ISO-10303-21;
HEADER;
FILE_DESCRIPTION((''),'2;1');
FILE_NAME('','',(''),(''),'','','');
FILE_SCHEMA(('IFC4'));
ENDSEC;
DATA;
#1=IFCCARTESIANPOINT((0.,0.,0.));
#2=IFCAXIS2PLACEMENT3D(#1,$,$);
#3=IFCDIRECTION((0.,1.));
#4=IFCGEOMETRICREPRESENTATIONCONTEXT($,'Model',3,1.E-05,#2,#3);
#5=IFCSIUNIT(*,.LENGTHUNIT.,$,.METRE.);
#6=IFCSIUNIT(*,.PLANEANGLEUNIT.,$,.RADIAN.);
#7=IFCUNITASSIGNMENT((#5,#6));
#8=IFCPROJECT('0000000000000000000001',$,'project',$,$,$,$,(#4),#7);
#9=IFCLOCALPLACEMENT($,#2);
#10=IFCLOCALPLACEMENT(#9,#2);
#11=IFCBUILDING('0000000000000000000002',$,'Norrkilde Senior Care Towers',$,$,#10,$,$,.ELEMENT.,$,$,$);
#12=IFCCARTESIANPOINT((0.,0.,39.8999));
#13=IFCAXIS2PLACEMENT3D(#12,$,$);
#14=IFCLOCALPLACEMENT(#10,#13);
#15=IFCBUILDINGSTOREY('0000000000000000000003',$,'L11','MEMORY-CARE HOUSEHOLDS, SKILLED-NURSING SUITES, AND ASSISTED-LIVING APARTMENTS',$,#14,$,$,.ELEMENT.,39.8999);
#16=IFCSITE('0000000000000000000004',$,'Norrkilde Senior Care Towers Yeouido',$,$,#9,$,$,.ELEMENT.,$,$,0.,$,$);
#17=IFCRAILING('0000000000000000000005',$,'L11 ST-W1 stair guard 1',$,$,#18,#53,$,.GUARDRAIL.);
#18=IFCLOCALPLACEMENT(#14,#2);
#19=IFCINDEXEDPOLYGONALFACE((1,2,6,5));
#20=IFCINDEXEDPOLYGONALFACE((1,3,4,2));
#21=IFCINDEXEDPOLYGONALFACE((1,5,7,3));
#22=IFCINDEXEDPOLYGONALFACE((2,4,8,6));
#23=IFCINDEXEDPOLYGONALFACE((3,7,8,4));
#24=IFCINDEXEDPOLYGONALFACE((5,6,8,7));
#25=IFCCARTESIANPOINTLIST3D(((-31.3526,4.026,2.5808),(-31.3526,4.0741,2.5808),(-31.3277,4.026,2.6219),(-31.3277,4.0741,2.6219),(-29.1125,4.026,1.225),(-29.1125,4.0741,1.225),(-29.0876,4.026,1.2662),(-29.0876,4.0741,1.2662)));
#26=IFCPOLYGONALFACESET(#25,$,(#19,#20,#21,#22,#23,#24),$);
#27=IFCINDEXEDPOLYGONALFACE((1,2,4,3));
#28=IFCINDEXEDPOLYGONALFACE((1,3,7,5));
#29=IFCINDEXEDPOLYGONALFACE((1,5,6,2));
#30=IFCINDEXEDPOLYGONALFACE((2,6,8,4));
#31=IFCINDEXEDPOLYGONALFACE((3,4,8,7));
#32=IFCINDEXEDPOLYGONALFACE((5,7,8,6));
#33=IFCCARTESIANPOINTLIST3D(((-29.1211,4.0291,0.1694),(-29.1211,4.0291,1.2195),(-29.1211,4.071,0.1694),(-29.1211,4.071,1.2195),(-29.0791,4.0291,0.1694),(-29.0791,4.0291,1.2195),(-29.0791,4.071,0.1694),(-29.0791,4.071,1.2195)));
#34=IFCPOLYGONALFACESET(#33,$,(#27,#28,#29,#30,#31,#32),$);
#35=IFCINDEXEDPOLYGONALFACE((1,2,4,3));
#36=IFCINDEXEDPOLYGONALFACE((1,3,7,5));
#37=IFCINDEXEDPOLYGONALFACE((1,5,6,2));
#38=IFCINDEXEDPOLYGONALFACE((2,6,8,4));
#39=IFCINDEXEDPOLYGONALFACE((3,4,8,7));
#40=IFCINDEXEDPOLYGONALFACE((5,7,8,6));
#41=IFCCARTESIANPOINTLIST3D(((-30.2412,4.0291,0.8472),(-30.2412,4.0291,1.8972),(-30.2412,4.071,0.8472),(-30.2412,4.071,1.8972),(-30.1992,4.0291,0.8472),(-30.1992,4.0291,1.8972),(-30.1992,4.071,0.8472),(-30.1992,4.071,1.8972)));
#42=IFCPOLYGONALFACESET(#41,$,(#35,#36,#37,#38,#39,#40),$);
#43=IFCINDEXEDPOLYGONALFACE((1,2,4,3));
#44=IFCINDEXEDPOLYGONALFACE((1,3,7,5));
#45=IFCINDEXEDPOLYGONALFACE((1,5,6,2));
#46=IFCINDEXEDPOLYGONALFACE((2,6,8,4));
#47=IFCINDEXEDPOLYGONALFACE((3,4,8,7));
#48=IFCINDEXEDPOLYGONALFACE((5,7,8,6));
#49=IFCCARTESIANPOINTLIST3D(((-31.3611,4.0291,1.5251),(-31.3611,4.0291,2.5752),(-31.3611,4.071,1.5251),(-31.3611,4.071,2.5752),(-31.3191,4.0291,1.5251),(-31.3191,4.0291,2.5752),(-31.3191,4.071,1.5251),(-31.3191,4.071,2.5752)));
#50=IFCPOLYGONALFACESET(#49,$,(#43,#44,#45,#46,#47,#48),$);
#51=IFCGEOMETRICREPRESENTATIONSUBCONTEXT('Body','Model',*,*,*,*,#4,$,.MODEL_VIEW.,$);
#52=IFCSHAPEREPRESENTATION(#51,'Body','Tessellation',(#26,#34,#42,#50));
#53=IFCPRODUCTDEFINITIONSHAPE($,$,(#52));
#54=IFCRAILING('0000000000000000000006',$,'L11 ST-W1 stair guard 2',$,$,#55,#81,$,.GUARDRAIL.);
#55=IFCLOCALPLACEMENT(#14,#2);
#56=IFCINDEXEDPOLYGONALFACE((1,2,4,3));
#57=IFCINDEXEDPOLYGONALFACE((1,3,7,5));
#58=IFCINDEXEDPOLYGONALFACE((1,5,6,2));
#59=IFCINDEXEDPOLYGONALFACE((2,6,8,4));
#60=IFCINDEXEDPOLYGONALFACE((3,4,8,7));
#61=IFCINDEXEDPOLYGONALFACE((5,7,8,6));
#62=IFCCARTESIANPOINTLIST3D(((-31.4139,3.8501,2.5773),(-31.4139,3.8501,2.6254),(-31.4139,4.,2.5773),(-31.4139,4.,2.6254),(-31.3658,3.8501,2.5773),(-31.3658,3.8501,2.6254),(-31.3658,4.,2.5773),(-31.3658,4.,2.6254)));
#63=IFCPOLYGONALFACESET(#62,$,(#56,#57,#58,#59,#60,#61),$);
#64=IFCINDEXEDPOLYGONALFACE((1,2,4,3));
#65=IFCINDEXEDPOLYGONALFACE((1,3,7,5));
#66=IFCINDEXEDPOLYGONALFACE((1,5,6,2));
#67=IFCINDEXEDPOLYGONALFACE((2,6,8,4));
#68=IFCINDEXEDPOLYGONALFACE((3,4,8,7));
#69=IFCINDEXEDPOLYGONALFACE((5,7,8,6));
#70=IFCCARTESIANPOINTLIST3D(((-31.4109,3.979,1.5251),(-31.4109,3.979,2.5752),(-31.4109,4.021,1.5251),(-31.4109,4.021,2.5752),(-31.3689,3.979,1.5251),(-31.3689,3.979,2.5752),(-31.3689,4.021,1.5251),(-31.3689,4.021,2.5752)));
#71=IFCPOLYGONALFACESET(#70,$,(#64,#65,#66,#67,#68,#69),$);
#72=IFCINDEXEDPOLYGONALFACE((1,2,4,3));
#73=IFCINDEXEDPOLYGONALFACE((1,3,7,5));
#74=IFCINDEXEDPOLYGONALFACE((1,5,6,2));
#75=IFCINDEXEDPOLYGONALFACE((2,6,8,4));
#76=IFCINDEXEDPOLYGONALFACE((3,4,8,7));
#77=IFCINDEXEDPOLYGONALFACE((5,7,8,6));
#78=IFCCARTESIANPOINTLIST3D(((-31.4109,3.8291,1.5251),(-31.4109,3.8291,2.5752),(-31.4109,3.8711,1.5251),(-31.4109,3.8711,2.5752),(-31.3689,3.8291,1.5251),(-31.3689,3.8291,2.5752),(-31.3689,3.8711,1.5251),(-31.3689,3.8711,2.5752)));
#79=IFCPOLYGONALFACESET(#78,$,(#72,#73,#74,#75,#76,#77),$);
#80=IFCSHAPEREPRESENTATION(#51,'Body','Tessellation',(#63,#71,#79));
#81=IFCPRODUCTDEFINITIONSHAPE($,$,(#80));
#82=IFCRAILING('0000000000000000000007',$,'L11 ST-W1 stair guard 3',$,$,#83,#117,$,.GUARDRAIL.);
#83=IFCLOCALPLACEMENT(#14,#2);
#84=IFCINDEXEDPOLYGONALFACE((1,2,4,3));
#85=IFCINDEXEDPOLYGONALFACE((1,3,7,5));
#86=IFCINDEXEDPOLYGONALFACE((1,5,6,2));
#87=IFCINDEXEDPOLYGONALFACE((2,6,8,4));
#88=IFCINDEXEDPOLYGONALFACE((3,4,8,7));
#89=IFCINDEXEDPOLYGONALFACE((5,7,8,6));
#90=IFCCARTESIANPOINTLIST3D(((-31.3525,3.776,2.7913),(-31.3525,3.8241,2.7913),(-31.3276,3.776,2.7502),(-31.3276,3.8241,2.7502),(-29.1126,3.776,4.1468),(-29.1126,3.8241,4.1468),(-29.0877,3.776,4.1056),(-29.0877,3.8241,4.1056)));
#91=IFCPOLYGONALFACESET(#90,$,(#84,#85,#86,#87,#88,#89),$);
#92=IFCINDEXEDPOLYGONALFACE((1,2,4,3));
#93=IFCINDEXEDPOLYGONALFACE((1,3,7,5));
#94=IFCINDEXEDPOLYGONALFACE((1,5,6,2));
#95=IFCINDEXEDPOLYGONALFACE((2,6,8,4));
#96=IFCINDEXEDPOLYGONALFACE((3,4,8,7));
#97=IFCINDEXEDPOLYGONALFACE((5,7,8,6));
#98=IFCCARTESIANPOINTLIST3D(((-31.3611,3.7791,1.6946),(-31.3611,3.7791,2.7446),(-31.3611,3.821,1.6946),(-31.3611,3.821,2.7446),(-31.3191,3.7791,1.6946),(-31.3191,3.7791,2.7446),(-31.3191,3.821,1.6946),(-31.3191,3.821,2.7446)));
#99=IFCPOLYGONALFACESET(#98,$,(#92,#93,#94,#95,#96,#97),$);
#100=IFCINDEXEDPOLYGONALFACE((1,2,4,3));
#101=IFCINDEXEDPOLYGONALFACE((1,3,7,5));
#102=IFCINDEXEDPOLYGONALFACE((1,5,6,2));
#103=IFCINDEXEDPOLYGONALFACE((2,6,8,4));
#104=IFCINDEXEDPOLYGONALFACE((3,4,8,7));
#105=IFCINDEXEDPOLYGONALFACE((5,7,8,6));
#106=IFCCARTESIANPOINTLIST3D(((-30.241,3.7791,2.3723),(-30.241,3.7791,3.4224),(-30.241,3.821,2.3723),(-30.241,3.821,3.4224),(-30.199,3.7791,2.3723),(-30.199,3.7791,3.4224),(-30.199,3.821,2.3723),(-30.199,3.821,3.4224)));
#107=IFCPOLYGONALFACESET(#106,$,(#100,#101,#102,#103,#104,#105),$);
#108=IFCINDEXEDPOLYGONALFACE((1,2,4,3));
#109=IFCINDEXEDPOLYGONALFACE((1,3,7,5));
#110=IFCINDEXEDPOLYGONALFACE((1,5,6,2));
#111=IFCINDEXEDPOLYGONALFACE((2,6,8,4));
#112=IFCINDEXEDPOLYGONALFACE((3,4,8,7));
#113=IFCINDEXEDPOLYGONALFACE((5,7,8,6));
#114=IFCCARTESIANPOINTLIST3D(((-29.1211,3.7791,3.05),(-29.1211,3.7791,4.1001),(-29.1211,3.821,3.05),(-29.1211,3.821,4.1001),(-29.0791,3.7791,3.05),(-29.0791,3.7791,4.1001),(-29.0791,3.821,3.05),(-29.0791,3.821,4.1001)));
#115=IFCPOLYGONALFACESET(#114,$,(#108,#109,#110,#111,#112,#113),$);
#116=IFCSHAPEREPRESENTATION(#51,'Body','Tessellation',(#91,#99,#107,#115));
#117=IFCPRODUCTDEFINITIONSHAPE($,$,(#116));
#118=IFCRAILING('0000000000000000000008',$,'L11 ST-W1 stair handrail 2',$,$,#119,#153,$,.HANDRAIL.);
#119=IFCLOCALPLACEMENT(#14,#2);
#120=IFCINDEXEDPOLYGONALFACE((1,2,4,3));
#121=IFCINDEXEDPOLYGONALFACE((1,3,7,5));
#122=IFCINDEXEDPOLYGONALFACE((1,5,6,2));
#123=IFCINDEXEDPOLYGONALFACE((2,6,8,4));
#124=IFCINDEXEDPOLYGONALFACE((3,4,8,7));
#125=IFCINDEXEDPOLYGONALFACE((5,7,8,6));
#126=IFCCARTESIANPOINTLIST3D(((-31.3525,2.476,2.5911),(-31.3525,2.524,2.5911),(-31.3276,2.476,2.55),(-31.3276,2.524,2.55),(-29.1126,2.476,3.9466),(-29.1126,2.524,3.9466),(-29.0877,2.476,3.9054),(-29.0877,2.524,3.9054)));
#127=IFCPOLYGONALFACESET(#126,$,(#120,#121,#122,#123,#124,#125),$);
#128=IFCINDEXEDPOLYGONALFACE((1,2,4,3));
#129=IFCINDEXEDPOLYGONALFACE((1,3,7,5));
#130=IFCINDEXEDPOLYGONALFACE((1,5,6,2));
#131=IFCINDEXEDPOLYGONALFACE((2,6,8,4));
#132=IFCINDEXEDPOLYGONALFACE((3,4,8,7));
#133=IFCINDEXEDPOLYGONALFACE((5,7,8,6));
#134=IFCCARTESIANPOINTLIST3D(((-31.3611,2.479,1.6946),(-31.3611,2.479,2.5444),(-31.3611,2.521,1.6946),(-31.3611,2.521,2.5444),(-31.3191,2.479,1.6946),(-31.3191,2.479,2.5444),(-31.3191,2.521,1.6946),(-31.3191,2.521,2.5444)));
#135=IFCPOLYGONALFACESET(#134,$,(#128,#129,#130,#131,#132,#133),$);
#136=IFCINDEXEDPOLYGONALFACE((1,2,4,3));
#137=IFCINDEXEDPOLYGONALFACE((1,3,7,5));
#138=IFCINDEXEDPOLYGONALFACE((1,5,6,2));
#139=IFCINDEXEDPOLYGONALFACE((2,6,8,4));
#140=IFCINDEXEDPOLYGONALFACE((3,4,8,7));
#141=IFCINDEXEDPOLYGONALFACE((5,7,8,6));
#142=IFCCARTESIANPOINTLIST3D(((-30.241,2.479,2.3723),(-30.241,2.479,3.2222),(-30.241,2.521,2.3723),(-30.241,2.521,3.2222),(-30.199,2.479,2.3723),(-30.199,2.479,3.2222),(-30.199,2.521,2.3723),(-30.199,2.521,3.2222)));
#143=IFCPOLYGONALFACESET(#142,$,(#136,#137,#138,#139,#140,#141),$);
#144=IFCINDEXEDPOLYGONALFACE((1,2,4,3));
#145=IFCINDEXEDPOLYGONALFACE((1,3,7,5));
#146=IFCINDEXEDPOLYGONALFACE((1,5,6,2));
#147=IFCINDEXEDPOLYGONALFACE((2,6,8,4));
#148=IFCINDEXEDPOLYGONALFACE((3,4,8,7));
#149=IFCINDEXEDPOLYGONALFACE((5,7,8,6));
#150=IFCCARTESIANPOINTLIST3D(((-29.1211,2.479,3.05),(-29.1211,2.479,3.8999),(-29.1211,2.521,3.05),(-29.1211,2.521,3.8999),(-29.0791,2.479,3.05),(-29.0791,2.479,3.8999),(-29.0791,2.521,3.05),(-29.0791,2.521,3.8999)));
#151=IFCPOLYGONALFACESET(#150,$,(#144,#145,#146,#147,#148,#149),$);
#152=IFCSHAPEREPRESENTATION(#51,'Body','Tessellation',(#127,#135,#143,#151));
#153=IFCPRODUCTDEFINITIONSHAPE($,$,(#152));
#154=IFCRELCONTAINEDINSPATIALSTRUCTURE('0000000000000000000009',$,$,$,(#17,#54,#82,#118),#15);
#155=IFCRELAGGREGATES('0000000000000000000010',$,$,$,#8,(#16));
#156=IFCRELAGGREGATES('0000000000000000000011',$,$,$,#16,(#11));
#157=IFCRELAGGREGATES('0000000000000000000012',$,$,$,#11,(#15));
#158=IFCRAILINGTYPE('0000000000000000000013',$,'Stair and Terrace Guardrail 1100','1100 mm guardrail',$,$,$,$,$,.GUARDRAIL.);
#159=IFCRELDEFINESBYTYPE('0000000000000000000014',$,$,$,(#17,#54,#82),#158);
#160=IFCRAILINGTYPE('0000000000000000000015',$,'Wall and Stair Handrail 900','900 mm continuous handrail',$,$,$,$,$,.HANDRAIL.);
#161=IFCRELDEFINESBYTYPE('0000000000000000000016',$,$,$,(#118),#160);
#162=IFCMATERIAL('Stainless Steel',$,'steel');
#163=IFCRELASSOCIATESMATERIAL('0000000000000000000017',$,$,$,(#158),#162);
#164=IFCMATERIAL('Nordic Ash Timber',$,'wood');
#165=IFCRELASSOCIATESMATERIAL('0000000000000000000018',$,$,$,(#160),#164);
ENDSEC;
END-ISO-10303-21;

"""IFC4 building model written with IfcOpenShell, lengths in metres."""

from ifc_helpers import new_model, si_unit, direction, frame, origin, origin_2d, place, context, subcontext, project, spatial, rectangle, extrude, material, type_object, element, save


model = new_model("IFC4")

# Units and contexts
model_context = context("Model", 3, precision=1e-05, world=origin(), true_north=direction((0.0, 1.0)))
body_context = subcontext(model_context, "Body", "Model", "MODEL_VIEW")
ifc_project = project(units=[si_unit("LENGTHUNIT", "METRE"), si_unit("PLANEANGLEUNIT", "RADIAN")], contexts=[model_context])

# Site, building, storey
site_placement = place(None, origin())
site = spatial("IfcSite", under=ifc_project, at=site_placement, Name="Norrkilde Senior Care Towers Yeouido", CompositionType="ELEMENT", RefElevation=0.0)
building_placement = place(site_placement, origin())
building = spatial("IfcBuilding", under=site, at=building_placement, Name="Norrkilde Senior Care Towers", CompositionType="ELEMENT")
storey_placement = place(building_placement, frame((0.0, 0.0, 39.8999)))
storey = spatial("IfcBuildingStorey", under=building, at=storey_placement, Name="L11", Description="MEMORY-CARE HOUSEHOLDS, SKILLED-NURSING SUITES, AND ASSISTED-LIVING APARTMENTS", CompositionType="ELEMENT", Elevation=39.8999)

# Shared definitions
ifc_material_1 = material(Name="Nordic Ash Timber", Category="wood")

# Railings
ifc_material_2 = material(Name="Stainless Steel", Category="steel")
railing_type_1 = type_object("IfcRailingType", Name="Stair and Terrace Guardrail 1100", Description="1100 mm guardrail", PredefinedType="GUARDRAIL", material=ifc_material_2)
railing_1_placement = place(storey_placement, frame((-29.1001, 4.05, 0.1694)))
element("IfcRailing", 1, at=railing_1_placement, inside=storey, type_object=railing_type_1, Name="L11 ST-W1 stair guard 1", PredefinedType="GUARDRAIL", context=body_context, shape_type="SweptSolid", body=[
    extrude(rectangle(XDim=0.0481, YDim=0.0481, at=origin_2d()), frame((0.0, 0.0, 1.0762), z_axis=(-0.855512, 0.0, 0.517783), x_axis=(0.0, -1.0, 0.0)), (0.0, 0.0, 1.0), 2.6184),
    extrude(rectangle(XDim=0.042, YDim=0.042, at=origin_2d()), origin(), (0.0, 0.0, 1.0), 1.05),
    extrude(rectangle(XDim=0.042, YDim=0.042, at=origin_2d()), frame((-1.1201, 0.0, 0.6777)), (0.0, 0.0, 1.0), 1.05),
    extrude(rectangle(XDim=0.042, YDim=0.042, at=origin_2d()), frame((-2.24, 0.0, 1.3557)), (0.0, 0.0, 1.0), 1.05),
])
railing_2_placement = place(storey_placement, frame((-31.3899, 4.0, 1.5251)))
element("IfcRailing", 2, at=railing_2_placement, inside=storey, type_object=railing_type_1, Name="L11 ST-W1 stair guard 2", PredefinedType="GUARDRAIL", context=body_context, shape_type="SweptSolid", body=[
    extrude(rectangle(XDim=0.0481, YDim=0.0481, at=origin_2d()), frame((0.0, 0.0, 1.0762), z_axis=(0.0, -1.0, 0.0), x_axis=(1.0, 0.0, 0.0)), (0.0, 0.0, 1.0), 0.1499),
    extrude(rectangle(XDim=0.042, YDim=0.042, at=origin_2d()), origin(), (0.0, 0.0, 1.0), 1.05),
    extrude(rectangle(XDim=0.042, YDim=0.042, at=origin_2d()), frame((0.0, -0.1499, 0.0)), (0.0, 0.0, 1.0), 1.05),
])
railing_3_placement = place(storey_placement, frame((-31.3401, 3.8, 1.6946)))
element("IfcRailing", 3, at=railing_3_placement, inside=storey, type_object=railing_type_1, Name="L11 ST-W1 stair guard 3", PredefinedType="GUARDRAIL", context=body_context, shape_type="SweptSolid", body=[
    extrude(rectangle(XDim=0.0481, YDim=0.0481, at=origin_2d()), frame((0.0, 0.0, 1.0762), z_axis=(0.855553, 0.0, 0.517715), x_axis=(0.0, 1.0, 0.0)), (0.0, 0.0, 1.0), 2.6182),
    extrude(rectangle(XDim=0.042, YDim=0.042, at=origin_2d()), origin(), (0.0, 0.0, 1.0), 1.05),
    extrude(rectangle(XDim=0.042, YDim=0.042, at=origin_2d()), frame((1.1201, 0.0, 0.6777)), (0.0, 0.0, 1.0), 1.05),
    extrude(rectangle(XDim=0.042, YDim=0.042, at=origin_2d()), frame((2.24, 0.0, 1.3555)), (0.0, 0.0, 1.0), 1.05),
])
railing_type_2 = type_object("IfcRailingType", Name="Wall and Stair Handrail 900", Description="900 mm continuous handrail", PredefinedType="HANDRAIL", material=ifc_material_1)
railing_4_placement = place(storey_placement, frame((-31.3401, 2.5, 1.6946)))
element("IfcRailing", 4, at=railing_4_placement, inside=storey, type_object=railing_type_2, Name="L11 ST-W1 stair handrail 2", PredefinedType="HANDRAIL", context=body_context, shape_type="SweptSolid", body=[
    extrude(rectangle(XDim=0.0481, YDim=0.0481, at=origin_2d()), frame((0.0, 0.0, 0.876), z_axis=(0.855553, 0.0, 0.517715), x_axis=(0.0, 1.0, 0.0)), (0.0, 0.0, 1.0), 2.6182),
    extrude(rectangle(XDim=0.042, YDim=0.042, at=origin_2d()), origin(), (0.0, 0.0, 1.0), 0.8499),
    extrude(rectangle(XDim=0.042, YDim=0.042, at=origin_2d()), frame((1.1201, 0.0, 0.6777)), (0.0, 0.0, 1.0), 0.8499),
    extrude(rectangle(XDim=0.042, YDim=0.042, at=origin_2d()), frame((2.24, 0.0, 1.3555)), (0.0, 0.0, 1.0), 0.8499),
])

save(model, "model.ifc")
